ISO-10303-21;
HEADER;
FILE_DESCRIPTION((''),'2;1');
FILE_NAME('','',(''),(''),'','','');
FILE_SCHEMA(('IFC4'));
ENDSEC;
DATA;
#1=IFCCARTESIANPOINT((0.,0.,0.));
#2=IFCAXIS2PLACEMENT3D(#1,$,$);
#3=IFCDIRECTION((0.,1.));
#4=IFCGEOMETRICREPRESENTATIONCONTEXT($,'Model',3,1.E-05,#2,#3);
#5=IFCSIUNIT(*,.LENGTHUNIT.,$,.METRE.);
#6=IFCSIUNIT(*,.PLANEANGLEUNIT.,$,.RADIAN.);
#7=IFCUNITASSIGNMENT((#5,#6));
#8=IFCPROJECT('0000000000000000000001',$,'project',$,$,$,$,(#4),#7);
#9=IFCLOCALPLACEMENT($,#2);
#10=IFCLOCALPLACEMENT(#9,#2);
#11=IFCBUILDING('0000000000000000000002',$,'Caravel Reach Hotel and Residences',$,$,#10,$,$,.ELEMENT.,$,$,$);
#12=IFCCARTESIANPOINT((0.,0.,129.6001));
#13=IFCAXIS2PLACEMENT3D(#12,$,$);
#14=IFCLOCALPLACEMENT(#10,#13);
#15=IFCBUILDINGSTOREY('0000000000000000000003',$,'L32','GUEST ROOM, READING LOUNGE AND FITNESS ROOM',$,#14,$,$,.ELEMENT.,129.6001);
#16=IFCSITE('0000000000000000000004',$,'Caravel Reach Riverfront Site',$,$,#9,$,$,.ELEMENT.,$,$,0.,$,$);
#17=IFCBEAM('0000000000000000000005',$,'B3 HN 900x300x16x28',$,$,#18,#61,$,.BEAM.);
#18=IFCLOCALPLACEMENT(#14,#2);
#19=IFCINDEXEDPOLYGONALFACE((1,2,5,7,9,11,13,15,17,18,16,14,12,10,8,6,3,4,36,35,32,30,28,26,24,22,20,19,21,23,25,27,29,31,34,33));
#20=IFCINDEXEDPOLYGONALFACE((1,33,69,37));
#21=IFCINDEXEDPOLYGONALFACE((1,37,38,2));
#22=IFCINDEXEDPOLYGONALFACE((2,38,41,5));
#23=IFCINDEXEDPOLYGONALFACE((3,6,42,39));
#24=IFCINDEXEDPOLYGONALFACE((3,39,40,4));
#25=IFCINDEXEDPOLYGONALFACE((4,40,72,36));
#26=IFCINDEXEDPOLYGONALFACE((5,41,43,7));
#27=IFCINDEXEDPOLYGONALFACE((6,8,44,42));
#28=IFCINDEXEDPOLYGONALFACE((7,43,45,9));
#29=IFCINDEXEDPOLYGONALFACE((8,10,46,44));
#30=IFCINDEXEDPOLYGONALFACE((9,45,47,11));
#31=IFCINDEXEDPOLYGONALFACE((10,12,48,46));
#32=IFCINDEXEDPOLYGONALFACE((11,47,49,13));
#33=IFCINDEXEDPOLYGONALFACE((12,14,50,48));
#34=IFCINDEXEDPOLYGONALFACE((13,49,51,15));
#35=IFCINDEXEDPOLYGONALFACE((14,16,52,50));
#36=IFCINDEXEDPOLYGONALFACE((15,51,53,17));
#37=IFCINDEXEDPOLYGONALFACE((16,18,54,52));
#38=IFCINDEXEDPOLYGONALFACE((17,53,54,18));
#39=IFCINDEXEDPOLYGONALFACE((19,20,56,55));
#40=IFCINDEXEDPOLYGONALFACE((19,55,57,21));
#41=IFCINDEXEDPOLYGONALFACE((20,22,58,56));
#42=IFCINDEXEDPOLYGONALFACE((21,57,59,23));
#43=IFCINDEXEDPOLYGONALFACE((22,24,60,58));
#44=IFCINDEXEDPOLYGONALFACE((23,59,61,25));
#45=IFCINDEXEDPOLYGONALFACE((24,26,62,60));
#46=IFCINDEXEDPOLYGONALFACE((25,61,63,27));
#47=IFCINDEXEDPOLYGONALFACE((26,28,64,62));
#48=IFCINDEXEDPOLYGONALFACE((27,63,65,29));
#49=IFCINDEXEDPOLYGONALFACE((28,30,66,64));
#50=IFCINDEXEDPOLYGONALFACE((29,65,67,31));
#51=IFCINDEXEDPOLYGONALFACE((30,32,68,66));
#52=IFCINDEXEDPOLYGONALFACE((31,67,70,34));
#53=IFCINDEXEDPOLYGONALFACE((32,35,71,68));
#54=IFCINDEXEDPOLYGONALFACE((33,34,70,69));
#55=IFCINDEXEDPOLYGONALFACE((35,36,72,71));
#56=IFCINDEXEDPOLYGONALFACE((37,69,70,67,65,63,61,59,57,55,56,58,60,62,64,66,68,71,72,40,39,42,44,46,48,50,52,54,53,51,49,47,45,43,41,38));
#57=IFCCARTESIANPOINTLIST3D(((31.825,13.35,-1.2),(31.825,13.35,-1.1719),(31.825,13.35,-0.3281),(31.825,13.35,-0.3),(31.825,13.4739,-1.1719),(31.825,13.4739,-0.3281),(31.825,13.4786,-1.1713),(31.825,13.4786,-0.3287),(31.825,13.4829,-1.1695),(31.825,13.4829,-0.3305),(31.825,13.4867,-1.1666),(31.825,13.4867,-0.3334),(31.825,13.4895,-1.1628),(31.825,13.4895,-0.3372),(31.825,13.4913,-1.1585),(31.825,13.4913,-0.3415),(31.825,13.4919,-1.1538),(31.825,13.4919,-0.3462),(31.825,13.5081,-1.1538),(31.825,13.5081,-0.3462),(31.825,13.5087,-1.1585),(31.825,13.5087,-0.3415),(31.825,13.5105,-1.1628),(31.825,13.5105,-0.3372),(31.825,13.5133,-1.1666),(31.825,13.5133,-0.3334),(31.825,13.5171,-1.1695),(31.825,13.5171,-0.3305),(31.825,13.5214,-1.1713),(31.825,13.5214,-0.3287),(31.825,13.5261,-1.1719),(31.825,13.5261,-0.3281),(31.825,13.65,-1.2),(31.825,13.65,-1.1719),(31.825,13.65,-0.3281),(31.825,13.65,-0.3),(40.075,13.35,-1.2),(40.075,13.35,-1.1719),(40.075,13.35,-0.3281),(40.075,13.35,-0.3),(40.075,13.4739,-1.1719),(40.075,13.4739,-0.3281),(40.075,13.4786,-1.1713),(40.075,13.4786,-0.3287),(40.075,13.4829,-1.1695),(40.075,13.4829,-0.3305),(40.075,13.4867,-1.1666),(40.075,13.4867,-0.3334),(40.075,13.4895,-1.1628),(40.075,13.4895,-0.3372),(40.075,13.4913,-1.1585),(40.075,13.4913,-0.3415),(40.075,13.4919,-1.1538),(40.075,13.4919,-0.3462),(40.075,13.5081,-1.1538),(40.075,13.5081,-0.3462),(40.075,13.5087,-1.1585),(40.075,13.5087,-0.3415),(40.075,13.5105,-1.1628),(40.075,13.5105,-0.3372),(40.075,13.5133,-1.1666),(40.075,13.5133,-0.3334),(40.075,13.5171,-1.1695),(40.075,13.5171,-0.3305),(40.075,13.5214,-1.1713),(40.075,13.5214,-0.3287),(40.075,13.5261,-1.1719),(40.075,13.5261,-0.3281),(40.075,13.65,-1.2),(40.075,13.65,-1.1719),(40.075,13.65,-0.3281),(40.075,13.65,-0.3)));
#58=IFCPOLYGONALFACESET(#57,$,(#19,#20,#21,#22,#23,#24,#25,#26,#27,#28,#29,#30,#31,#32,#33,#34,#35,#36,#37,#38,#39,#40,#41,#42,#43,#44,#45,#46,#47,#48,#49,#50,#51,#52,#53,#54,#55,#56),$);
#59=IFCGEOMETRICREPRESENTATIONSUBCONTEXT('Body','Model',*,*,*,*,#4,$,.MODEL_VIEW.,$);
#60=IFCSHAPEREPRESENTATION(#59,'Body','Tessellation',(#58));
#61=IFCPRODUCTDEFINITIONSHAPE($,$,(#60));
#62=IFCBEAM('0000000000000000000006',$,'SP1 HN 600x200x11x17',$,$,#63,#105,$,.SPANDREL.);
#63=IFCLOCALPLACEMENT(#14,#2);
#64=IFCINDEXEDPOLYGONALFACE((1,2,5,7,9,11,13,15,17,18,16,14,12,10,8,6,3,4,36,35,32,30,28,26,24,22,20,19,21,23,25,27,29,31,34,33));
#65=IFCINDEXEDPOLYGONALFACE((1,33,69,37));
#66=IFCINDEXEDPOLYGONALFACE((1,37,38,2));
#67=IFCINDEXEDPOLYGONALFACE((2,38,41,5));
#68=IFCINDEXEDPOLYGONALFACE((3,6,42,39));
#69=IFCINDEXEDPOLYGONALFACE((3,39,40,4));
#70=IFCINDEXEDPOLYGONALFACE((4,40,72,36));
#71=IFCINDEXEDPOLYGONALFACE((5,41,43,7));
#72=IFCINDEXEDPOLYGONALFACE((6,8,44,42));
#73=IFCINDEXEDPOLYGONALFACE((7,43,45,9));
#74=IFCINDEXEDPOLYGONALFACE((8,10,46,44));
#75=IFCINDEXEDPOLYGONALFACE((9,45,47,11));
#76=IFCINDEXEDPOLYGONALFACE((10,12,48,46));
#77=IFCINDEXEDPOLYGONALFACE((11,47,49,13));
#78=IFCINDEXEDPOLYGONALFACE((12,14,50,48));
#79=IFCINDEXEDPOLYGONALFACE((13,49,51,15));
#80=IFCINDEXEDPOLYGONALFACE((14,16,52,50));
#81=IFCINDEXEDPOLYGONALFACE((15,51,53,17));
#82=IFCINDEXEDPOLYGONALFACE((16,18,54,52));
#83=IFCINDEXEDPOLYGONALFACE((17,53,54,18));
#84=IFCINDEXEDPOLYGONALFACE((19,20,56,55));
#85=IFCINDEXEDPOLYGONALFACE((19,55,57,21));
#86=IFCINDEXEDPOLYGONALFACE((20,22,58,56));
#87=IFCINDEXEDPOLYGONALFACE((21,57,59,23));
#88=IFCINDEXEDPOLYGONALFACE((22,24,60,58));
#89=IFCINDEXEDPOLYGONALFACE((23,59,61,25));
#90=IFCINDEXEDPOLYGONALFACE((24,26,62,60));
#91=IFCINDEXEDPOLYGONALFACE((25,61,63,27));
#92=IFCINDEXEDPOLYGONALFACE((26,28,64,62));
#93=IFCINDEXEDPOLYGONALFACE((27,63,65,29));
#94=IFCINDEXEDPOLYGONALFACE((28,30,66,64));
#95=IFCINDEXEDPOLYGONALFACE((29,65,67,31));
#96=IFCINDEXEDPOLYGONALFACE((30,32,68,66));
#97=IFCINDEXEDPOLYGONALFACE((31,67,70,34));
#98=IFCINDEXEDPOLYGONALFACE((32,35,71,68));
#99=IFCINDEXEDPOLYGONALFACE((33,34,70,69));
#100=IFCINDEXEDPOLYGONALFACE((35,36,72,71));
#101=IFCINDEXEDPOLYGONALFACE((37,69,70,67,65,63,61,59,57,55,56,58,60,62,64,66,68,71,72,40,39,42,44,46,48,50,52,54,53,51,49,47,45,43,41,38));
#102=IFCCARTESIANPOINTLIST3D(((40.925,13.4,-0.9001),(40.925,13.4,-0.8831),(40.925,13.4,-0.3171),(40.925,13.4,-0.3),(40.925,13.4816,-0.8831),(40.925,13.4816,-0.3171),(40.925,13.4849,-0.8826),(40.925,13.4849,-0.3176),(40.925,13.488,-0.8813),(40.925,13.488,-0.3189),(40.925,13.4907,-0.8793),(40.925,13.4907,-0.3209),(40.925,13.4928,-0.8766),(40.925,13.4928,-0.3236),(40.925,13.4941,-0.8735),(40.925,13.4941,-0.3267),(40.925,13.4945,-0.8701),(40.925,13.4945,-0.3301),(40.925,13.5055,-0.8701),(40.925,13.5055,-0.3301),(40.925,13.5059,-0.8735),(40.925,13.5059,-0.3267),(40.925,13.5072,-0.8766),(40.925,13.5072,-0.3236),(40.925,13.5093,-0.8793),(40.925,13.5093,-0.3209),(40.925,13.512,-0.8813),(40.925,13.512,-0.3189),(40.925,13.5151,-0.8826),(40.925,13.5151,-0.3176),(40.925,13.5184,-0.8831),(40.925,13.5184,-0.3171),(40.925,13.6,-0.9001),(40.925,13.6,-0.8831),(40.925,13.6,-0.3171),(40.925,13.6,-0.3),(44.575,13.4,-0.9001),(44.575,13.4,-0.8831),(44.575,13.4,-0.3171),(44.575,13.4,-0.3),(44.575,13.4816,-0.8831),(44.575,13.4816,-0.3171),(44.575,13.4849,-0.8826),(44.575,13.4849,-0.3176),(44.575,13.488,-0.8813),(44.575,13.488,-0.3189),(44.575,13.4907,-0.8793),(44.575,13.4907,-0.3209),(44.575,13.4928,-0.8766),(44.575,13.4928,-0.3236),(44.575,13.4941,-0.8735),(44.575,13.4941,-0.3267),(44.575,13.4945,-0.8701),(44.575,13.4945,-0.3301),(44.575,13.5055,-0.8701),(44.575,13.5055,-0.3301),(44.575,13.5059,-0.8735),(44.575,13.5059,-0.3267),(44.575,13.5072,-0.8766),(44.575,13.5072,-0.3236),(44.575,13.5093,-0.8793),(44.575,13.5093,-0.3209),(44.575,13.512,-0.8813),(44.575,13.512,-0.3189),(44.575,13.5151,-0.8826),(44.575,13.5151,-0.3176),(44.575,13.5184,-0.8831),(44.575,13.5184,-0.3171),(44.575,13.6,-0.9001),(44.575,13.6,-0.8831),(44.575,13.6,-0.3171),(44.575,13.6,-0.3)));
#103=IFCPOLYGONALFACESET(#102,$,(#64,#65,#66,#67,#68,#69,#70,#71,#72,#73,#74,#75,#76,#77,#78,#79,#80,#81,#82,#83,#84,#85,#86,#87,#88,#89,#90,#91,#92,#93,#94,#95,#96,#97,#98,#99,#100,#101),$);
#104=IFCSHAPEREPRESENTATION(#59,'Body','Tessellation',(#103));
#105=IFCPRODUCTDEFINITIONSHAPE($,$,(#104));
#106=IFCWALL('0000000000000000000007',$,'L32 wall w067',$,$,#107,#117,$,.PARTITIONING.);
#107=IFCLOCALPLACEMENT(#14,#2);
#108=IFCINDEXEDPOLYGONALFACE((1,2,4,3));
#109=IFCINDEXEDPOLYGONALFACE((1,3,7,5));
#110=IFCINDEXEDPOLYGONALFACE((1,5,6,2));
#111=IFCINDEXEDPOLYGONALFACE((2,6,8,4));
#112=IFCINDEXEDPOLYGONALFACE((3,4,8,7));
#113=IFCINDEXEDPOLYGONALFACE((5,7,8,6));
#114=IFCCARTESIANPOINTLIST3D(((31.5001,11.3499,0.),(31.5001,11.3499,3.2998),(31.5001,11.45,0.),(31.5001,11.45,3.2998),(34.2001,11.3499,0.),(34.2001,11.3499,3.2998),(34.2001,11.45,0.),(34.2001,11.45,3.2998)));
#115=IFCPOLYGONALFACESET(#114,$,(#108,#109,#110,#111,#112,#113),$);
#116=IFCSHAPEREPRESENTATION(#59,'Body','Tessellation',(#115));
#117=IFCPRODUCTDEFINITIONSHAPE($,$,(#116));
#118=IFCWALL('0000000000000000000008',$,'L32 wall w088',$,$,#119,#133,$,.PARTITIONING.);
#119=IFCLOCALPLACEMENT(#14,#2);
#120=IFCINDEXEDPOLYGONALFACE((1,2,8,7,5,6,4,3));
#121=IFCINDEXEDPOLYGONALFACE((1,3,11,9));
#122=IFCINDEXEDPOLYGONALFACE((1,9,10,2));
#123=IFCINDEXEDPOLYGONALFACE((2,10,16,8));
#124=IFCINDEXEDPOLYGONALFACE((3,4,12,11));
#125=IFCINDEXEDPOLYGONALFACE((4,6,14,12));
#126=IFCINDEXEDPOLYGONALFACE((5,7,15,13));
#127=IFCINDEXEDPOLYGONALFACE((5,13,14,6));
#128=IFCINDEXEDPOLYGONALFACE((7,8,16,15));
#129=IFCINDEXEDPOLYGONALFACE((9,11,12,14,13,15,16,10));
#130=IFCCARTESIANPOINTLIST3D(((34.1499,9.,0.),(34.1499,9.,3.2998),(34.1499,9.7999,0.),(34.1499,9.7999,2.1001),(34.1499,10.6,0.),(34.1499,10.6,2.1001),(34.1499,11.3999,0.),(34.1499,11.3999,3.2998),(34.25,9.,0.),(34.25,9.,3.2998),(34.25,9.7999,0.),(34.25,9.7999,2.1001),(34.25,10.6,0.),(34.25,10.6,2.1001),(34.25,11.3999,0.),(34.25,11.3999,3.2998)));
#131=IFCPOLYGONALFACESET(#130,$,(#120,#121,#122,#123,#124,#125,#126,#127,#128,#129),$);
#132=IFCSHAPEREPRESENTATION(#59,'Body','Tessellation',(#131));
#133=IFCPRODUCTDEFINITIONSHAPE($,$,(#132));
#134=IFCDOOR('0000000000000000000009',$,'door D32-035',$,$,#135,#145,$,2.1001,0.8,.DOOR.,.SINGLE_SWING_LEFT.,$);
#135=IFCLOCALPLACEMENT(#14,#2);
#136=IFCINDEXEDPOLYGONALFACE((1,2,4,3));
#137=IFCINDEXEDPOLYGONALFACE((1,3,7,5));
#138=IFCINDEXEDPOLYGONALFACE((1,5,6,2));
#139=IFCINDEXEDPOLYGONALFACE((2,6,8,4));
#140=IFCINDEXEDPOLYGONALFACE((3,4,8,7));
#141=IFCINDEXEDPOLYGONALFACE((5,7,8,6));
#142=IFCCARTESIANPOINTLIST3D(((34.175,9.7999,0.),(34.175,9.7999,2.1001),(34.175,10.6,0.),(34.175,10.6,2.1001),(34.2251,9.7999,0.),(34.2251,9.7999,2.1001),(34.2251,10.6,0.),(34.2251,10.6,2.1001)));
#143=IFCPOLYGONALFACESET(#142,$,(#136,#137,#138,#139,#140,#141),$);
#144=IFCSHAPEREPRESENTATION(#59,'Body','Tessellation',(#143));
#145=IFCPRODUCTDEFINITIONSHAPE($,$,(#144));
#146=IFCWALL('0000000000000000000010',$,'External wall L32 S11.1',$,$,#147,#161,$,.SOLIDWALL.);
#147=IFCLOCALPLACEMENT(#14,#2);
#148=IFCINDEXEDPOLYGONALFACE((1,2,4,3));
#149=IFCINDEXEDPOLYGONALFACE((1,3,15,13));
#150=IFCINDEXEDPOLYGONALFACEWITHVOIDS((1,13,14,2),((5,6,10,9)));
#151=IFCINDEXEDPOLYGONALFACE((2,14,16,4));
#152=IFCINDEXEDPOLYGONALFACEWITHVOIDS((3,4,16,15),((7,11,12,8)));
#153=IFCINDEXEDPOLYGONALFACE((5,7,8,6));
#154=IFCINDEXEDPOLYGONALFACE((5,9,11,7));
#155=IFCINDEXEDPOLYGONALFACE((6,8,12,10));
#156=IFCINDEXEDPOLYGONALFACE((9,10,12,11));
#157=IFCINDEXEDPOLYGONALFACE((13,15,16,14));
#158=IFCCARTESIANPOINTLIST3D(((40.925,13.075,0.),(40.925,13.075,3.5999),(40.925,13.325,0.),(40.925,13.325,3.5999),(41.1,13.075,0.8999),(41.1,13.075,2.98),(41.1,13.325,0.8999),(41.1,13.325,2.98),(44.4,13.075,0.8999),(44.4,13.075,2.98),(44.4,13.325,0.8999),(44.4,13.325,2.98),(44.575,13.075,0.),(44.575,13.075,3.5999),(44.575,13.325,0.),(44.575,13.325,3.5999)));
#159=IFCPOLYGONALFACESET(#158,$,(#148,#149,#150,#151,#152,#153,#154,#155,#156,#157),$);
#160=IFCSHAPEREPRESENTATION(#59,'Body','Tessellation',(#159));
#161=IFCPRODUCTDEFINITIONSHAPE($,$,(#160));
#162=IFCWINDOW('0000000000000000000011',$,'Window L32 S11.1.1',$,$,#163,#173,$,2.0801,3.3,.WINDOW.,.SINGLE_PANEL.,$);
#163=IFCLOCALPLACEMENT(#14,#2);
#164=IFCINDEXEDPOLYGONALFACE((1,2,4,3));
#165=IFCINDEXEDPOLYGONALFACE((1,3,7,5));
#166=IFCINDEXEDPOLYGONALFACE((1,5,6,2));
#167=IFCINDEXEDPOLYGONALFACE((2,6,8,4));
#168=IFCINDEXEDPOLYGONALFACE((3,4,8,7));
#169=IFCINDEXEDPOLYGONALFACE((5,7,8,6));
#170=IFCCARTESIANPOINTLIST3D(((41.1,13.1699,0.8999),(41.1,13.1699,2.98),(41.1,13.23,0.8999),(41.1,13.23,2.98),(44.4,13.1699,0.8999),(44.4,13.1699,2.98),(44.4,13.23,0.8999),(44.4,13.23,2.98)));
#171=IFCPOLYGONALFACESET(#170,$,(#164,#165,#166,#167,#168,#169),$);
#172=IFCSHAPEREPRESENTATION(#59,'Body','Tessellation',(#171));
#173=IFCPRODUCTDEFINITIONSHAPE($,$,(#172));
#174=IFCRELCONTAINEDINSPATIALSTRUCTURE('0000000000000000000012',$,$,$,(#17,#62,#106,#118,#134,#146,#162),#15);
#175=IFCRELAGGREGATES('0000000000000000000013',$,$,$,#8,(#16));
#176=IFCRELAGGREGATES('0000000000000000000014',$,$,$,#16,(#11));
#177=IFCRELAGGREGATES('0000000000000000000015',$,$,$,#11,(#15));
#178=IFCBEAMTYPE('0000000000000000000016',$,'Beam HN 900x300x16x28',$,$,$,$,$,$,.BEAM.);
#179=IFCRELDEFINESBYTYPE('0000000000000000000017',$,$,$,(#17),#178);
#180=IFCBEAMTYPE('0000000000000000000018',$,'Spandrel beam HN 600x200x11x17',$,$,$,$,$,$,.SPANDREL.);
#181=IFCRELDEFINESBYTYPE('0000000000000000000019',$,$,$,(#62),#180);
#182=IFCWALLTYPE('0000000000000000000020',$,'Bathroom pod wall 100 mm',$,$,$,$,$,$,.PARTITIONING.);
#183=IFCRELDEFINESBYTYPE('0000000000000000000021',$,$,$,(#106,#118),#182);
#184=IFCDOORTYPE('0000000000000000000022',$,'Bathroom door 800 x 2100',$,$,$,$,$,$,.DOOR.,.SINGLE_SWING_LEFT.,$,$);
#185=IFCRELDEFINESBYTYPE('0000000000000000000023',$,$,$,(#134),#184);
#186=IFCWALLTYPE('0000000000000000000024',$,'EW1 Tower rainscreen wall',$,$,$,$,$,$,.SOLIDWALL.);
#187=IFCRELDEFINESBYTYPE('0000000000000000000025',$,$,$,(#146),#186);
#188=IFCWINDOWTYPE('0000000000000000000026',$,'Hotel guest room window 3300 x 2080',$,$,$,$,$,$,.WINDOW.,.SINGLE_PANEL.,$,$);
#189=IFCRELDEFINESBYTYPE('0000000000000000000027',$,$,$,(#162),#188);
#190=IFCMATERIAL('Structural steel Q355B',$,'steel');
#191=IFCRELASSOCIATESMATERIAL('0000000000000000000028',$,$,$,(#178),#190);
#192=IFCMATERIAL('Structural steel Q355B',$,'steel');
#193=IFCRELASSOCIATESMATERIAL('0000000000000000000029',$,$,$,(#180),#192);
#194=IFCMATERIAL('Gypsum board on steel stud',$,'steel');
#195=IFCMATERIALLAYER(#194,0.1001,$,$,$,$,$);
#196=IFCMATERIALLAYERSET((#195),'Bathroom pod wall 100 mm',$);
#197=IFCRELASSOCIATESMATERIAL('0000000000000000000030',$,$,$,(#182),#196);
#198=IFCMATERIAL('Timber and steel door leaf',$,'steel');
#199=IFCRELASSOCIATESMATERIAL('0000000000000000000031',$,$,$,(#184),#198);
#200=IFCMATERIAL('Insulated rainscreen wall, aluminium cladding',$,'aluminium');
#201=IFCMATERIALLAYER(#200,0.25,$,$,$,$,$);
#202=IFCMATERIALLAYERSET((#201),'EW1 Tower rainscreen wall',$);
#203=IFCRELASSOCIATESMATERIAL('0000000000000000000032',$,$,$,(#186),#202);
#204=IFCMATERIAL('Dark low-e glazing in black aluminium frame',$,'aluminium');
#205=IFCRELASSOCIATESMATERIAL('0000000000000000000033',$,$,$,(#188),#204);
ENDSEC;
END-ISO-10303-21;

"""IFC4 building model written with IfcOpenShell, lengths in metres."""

from ifc_helpers import new_model, si_unit, direction, frame, frame_2d, origin, origin_2d, place, context, subcontext, project, spatial, rectangle, i_section, extrude, material, layer, layer_set, material_profile, profile_set, type_object, element, fill, save


model = new_model("IFC4")

# Units and contexts
model_context = context("Model", 3, precision=1e-05, world=origin(), true_north=direction((0.0, 1.0)))
body_context = subcontext(model_context, "Body", "Model", "MODEL_VIEW")
ifc_project = project(units=[si_unit("LENGTHUNIT", "METRE"), si_unit("PLANEANGLEUNIT", "RADIAN")], contexts=[model_context])

# Site, building, storey
site_placement = place(None, origin())
site = spatial("IfcSite", under=ifc_project, at=site_placement, Name="Caravel Reach Riverfront Site", CompositionType="ELEMENT", RefElevation=0.0)
building_placement = place(site_placement, origin())
building = spatial("IfcBuilding", under=site, at=building_placement, Name="Caravel Reach Hotel and Residences", CompositionType="ELEMENT")
storey_placement = place(building_placement, frame((0.0, 0.0, 129.6001)))
storey = spatial("IfcBuildingStorey", under=building, at=storey_placement, Name="L32", Description="GUEST ROOM, READING LOUNGE AND FITNESS ROOM", CompositionType="ELEMENT", Elevation=129.6001)

# Beams
ifc_material_1 = material(Name="Structural steel Q355B", Category="steel")
ifc_material_profile_1 = material_profile(ifc_material_1, i_section(OverallWidth=0.3, OverallDepth=0.8999, WebThickness=0.0161, FlangeThickness=0.0281, FilletRadius=0.0181, at=origin_2d()), Name="HN 900x300x16x28")
ifc_profile_set_1 = profile_set([ifc_material_profile_1], Name="Structural steel Q355B")
beam_type_1 = type_object("IfcBeamType", Name="Beam HN 900x300x16x28", PredefinedType="BEAM", material=ifc_profile_set_1)
beam_1_placement = place(storey_placement, frame((31.825, 13.5, -0.75), z_axis=(1.0, 0.0, 0.0), x_axis=(0.0, 1.0, 0.0)))
element("IfcBeam", 1, at=beam_1_placement, inside=storey, type_object=beam_type_1, Name="B3 HN 900x300x16x28", PredefinedType="BEAM", context=body_context, shape_type="SweptSolid", body=[
    extrude(i_section(OverallWidth=0.3, OverallDepth=0.8999, WebThickness=0.0161, FlangeThickness=0.0281, FilletRadius=0.0181, at=origin_2d()), origin(), (0.0, 0.0, 1.0), 8.25),
])
ifc_material_2 = material(Name="Structural steel Q355B", Category="steel")
ifc_material_profile_2 = material_profile(ifc_material_2, i_section(OverallWidth=0.2, OverallDepth=0.6001, WebThickness=0.011, FlangeThickness=0.0171, FilletRadius=0.0129, at=origin_2d()), Name="HN 600x200x11x17")
ifc_profile_set_2 = profile_set([ifc_material_profile_2], Name="Structural steel Q355B")
beam_type_2 = type_object("IfcBeamType", Name="Spandrel beam HN 600x200x11x17", PredefinedType="SPANDREL", material=ifc_profile_set_2)
beam_2_placement = place(storey_placement, frame((40.925, 13.5, -0.6001), z_axis=(1.0, 0.0, 0.0), x_axis=(0.0, 1.0, 0.0)))
element("IfcBeam", 2, at=beam_2_placement, inside=storey, type_object=beam_type_2, Name="SP1 HN 600x200x11x17", PredefinedType="SPANDREL", context=body_context, shape_type="SweptSolid", body=[
    extrude(i_section(OverallWidth=0.2, OverallDepth=0.6001, WebThickness=0.011, FlangeThickness=0.0171, FilletRadius=0.0129, at=origin_2d()), origin(), (0.0, 0.0, 1.0), 3.6499),
])

# Wall
ifc_material_3 = material(Name="Gypsum board on steel stud", Category="steel")
ifc_layer_1 = layer(ifc_material_3, 0.1001)
ifc_layer_set_1 = layer_set([ifc_layer_1], Name="Bathroom pod wall 100 mm")
wall_type_1 = type_object("IfcWallType", Name="Bathroom pod wall 100 mm", PredefinedType="PARTITIONING", material=ifc_layer_set_1)
wall_1_placement = place(storey_placement, frame((31.5, 11.3999, 0.0), z_axis=(0.0, 0.0, 1.0), x_axis=(1.0, 0.0, 0.0)))
element("IfcWall", 3, at=wall_1_placement, inside=storey, type_object=wall_type_1, Name="L32 wall w067", PredefinedType="PARTITIONING", context=body_context, shape_type="SweptSolid", body=[
    extrude(rectangle(XDim=2.7, YDim=0.1001, at=frame_2d((1.3501, 0.0))), origin(), (0.0, 0.0, 1.0), 3.2998),
])

# Wall, opening, door
wall_2_placement = place(storey_placement, frame((34.2, 9.0, 0.0), z_axis=(0.0, 0.0, 1.0), x_axis=(0.0, 1.0, 0.0)))
wall_2 = element("IfcWall", 4, at=wall_2_placement, inside=storey, type_object=wall_type_1, Name="L32 wall w088", PredefinedType="PARTITIONING", context=body_context, shape_type="SweptSolid", body=[
    extrude(rectangle(XDim=2.3999, YDim=0.1001, at=frame_2d((1.2, 0.0))), origin(), (0.0, 0.0, 1.0), 3.2998),
])
opening_1_placement = place(wall_2_placement, frame((0.8, 0.0, 0.0)))
opening_1 = element("IfcOpeningElement", 5, at=opening_1_placement, cuts=wall_2, PredefinedType="OPENING", context=body_context, shape_type="SweptSolid", body=[
    extrude(rectangle(XDim=0.8, YDim=2.1001, at=frame_2d((0.3999, 1.05))), frame((0.0, 0.0601, 0.0), z_axis=(0.0, -1.0, 0.0), x_axis=(1.0, 0.0, 0.0)), (0.0, 0.0, 1.0), 0.1201),
])
ifc_material_4 = material(Name="Timber and steel door leaf", Category="steel")
door_type = type_object("IfcDoorType", Name="Bathroom door 800 x 2100", OperationType="SINGLE_SWING_LEFT", PredefinedType="DOOR", material=ifc_material_4)
door_placement = place(opening_1_placement, origin())
door = element("IfcDoor", 6, at=door_placement, inside=storey, type_object=door_type, Name="door D32-035", OperationType="SINGLE_SWING_LEFT", OverallHeight=2.1001, OverallWidth=0.8, PredefinedType="DOOR", context=body_context, shape_type="SweptSolid", body=[
    extrude(rectangle(XDim=0.8, YDim=2.1001, at=frame_2d((0.3999, 1.05))), frame((0.0, 0.0249, 0.0), z_axis=(0.0, -1.0, 0.0), x_axis=(1.0, 0.0, 0.0)), (0.0, 0.0, 1.0), 0.05),
])
fill(opening_1, door)

# Wall, opening, window
ifc_material_5 = material(Name="Insulated rainscreen wall, aluminium cladding", Category="aluminium")
ifc_layer_2 = layer(ifc_material_5, 0.25)
ifc_layer_set_2 = layer_set([ifc_layer_2], Name="EW1 Tower rainscreen wall")
wall_type_2 = type_object("IfcWallType", Name="EW1 Tower rainscreen wall", PredefinedType="SOLIDWALL", material=ifc_layer_set_2)
wall_3_placement = place(storey_placement, frame((40.925, 13.2, 0.0), z_axis=(0.0, 0.0, 1.0), x_axis=(1.0, 0.0, 0.0)))
wall_3 = element("IfcWall", 7, at=wall_3_placement, inside=storey, type_object=wall_type_2, Name="External wall L32 S11.1", PredefinedType="SOLIDWALL", context=body_context, shape_type="SweptSolid", body=[
    extrude(rectangle(XDim=3.6499, YDim=0.25, at=frame_2d((1.825, 0.0))), origin(), (0.0, 0.0, 1.0), 3.5999),
])
opening_2_placement = place(wall_3_placement, frame((0.175, 0.0, 0.8999)))
opening_2 = element("IfcOpeningElement", 8, at=opening_2_placement, cuts=wall_3, PredefinedType="OPENING", context=body_context, shape_type="SweptSolid", body=[
    extrude(rectangle(XDim=3.3, YDim=2.0801, at=frame_2d((1.6499, 1.04))), frame((0.0, 0.135, 0.0), z_axis=(0.0, -1.0, 0.0), x_axis=(1.0, 0.0, 0.0)), (0.0, 0.0, 1.0), 0.27),
])
ifc_material_6 = material(Name="Dark low-e glazing in black aluminium frame", Category="aluminium")
window_type = type_object("IfcWindowType", Name="Hotel guest room window 3300 x 2080", PartitioningType="SINGLE_PANEL", PredefinedType="WINDOW", material=ifc_material_6)
window_placement = place(opening_2_placement, origin())
window = element("IfcWindow", 9, at=window_placement, inside=storey, type_object=window_type, Name="Window L32 S11.1.1", OverallHeight=2.0801, OverallWidth=3.3, PartitioningType="SINGLE_PANEL", PredefinedType="WINDOW", context=body_context, shape_type="SweptSolid", body=[
    extrude(rectangle(XDim=3.3, YDim=2.0801, at=frame_2d((1.6499, 1.04))), frame((0.0, 0.03, 0.0), z_axis=(0.0, -1.0, 0.0), x_axis=(1.0, 0.0, 0.0)), (0.0, 0.0, 1.0), 0.0601),
])
fill(opening_2, window)

save(model, "model.ifc")
